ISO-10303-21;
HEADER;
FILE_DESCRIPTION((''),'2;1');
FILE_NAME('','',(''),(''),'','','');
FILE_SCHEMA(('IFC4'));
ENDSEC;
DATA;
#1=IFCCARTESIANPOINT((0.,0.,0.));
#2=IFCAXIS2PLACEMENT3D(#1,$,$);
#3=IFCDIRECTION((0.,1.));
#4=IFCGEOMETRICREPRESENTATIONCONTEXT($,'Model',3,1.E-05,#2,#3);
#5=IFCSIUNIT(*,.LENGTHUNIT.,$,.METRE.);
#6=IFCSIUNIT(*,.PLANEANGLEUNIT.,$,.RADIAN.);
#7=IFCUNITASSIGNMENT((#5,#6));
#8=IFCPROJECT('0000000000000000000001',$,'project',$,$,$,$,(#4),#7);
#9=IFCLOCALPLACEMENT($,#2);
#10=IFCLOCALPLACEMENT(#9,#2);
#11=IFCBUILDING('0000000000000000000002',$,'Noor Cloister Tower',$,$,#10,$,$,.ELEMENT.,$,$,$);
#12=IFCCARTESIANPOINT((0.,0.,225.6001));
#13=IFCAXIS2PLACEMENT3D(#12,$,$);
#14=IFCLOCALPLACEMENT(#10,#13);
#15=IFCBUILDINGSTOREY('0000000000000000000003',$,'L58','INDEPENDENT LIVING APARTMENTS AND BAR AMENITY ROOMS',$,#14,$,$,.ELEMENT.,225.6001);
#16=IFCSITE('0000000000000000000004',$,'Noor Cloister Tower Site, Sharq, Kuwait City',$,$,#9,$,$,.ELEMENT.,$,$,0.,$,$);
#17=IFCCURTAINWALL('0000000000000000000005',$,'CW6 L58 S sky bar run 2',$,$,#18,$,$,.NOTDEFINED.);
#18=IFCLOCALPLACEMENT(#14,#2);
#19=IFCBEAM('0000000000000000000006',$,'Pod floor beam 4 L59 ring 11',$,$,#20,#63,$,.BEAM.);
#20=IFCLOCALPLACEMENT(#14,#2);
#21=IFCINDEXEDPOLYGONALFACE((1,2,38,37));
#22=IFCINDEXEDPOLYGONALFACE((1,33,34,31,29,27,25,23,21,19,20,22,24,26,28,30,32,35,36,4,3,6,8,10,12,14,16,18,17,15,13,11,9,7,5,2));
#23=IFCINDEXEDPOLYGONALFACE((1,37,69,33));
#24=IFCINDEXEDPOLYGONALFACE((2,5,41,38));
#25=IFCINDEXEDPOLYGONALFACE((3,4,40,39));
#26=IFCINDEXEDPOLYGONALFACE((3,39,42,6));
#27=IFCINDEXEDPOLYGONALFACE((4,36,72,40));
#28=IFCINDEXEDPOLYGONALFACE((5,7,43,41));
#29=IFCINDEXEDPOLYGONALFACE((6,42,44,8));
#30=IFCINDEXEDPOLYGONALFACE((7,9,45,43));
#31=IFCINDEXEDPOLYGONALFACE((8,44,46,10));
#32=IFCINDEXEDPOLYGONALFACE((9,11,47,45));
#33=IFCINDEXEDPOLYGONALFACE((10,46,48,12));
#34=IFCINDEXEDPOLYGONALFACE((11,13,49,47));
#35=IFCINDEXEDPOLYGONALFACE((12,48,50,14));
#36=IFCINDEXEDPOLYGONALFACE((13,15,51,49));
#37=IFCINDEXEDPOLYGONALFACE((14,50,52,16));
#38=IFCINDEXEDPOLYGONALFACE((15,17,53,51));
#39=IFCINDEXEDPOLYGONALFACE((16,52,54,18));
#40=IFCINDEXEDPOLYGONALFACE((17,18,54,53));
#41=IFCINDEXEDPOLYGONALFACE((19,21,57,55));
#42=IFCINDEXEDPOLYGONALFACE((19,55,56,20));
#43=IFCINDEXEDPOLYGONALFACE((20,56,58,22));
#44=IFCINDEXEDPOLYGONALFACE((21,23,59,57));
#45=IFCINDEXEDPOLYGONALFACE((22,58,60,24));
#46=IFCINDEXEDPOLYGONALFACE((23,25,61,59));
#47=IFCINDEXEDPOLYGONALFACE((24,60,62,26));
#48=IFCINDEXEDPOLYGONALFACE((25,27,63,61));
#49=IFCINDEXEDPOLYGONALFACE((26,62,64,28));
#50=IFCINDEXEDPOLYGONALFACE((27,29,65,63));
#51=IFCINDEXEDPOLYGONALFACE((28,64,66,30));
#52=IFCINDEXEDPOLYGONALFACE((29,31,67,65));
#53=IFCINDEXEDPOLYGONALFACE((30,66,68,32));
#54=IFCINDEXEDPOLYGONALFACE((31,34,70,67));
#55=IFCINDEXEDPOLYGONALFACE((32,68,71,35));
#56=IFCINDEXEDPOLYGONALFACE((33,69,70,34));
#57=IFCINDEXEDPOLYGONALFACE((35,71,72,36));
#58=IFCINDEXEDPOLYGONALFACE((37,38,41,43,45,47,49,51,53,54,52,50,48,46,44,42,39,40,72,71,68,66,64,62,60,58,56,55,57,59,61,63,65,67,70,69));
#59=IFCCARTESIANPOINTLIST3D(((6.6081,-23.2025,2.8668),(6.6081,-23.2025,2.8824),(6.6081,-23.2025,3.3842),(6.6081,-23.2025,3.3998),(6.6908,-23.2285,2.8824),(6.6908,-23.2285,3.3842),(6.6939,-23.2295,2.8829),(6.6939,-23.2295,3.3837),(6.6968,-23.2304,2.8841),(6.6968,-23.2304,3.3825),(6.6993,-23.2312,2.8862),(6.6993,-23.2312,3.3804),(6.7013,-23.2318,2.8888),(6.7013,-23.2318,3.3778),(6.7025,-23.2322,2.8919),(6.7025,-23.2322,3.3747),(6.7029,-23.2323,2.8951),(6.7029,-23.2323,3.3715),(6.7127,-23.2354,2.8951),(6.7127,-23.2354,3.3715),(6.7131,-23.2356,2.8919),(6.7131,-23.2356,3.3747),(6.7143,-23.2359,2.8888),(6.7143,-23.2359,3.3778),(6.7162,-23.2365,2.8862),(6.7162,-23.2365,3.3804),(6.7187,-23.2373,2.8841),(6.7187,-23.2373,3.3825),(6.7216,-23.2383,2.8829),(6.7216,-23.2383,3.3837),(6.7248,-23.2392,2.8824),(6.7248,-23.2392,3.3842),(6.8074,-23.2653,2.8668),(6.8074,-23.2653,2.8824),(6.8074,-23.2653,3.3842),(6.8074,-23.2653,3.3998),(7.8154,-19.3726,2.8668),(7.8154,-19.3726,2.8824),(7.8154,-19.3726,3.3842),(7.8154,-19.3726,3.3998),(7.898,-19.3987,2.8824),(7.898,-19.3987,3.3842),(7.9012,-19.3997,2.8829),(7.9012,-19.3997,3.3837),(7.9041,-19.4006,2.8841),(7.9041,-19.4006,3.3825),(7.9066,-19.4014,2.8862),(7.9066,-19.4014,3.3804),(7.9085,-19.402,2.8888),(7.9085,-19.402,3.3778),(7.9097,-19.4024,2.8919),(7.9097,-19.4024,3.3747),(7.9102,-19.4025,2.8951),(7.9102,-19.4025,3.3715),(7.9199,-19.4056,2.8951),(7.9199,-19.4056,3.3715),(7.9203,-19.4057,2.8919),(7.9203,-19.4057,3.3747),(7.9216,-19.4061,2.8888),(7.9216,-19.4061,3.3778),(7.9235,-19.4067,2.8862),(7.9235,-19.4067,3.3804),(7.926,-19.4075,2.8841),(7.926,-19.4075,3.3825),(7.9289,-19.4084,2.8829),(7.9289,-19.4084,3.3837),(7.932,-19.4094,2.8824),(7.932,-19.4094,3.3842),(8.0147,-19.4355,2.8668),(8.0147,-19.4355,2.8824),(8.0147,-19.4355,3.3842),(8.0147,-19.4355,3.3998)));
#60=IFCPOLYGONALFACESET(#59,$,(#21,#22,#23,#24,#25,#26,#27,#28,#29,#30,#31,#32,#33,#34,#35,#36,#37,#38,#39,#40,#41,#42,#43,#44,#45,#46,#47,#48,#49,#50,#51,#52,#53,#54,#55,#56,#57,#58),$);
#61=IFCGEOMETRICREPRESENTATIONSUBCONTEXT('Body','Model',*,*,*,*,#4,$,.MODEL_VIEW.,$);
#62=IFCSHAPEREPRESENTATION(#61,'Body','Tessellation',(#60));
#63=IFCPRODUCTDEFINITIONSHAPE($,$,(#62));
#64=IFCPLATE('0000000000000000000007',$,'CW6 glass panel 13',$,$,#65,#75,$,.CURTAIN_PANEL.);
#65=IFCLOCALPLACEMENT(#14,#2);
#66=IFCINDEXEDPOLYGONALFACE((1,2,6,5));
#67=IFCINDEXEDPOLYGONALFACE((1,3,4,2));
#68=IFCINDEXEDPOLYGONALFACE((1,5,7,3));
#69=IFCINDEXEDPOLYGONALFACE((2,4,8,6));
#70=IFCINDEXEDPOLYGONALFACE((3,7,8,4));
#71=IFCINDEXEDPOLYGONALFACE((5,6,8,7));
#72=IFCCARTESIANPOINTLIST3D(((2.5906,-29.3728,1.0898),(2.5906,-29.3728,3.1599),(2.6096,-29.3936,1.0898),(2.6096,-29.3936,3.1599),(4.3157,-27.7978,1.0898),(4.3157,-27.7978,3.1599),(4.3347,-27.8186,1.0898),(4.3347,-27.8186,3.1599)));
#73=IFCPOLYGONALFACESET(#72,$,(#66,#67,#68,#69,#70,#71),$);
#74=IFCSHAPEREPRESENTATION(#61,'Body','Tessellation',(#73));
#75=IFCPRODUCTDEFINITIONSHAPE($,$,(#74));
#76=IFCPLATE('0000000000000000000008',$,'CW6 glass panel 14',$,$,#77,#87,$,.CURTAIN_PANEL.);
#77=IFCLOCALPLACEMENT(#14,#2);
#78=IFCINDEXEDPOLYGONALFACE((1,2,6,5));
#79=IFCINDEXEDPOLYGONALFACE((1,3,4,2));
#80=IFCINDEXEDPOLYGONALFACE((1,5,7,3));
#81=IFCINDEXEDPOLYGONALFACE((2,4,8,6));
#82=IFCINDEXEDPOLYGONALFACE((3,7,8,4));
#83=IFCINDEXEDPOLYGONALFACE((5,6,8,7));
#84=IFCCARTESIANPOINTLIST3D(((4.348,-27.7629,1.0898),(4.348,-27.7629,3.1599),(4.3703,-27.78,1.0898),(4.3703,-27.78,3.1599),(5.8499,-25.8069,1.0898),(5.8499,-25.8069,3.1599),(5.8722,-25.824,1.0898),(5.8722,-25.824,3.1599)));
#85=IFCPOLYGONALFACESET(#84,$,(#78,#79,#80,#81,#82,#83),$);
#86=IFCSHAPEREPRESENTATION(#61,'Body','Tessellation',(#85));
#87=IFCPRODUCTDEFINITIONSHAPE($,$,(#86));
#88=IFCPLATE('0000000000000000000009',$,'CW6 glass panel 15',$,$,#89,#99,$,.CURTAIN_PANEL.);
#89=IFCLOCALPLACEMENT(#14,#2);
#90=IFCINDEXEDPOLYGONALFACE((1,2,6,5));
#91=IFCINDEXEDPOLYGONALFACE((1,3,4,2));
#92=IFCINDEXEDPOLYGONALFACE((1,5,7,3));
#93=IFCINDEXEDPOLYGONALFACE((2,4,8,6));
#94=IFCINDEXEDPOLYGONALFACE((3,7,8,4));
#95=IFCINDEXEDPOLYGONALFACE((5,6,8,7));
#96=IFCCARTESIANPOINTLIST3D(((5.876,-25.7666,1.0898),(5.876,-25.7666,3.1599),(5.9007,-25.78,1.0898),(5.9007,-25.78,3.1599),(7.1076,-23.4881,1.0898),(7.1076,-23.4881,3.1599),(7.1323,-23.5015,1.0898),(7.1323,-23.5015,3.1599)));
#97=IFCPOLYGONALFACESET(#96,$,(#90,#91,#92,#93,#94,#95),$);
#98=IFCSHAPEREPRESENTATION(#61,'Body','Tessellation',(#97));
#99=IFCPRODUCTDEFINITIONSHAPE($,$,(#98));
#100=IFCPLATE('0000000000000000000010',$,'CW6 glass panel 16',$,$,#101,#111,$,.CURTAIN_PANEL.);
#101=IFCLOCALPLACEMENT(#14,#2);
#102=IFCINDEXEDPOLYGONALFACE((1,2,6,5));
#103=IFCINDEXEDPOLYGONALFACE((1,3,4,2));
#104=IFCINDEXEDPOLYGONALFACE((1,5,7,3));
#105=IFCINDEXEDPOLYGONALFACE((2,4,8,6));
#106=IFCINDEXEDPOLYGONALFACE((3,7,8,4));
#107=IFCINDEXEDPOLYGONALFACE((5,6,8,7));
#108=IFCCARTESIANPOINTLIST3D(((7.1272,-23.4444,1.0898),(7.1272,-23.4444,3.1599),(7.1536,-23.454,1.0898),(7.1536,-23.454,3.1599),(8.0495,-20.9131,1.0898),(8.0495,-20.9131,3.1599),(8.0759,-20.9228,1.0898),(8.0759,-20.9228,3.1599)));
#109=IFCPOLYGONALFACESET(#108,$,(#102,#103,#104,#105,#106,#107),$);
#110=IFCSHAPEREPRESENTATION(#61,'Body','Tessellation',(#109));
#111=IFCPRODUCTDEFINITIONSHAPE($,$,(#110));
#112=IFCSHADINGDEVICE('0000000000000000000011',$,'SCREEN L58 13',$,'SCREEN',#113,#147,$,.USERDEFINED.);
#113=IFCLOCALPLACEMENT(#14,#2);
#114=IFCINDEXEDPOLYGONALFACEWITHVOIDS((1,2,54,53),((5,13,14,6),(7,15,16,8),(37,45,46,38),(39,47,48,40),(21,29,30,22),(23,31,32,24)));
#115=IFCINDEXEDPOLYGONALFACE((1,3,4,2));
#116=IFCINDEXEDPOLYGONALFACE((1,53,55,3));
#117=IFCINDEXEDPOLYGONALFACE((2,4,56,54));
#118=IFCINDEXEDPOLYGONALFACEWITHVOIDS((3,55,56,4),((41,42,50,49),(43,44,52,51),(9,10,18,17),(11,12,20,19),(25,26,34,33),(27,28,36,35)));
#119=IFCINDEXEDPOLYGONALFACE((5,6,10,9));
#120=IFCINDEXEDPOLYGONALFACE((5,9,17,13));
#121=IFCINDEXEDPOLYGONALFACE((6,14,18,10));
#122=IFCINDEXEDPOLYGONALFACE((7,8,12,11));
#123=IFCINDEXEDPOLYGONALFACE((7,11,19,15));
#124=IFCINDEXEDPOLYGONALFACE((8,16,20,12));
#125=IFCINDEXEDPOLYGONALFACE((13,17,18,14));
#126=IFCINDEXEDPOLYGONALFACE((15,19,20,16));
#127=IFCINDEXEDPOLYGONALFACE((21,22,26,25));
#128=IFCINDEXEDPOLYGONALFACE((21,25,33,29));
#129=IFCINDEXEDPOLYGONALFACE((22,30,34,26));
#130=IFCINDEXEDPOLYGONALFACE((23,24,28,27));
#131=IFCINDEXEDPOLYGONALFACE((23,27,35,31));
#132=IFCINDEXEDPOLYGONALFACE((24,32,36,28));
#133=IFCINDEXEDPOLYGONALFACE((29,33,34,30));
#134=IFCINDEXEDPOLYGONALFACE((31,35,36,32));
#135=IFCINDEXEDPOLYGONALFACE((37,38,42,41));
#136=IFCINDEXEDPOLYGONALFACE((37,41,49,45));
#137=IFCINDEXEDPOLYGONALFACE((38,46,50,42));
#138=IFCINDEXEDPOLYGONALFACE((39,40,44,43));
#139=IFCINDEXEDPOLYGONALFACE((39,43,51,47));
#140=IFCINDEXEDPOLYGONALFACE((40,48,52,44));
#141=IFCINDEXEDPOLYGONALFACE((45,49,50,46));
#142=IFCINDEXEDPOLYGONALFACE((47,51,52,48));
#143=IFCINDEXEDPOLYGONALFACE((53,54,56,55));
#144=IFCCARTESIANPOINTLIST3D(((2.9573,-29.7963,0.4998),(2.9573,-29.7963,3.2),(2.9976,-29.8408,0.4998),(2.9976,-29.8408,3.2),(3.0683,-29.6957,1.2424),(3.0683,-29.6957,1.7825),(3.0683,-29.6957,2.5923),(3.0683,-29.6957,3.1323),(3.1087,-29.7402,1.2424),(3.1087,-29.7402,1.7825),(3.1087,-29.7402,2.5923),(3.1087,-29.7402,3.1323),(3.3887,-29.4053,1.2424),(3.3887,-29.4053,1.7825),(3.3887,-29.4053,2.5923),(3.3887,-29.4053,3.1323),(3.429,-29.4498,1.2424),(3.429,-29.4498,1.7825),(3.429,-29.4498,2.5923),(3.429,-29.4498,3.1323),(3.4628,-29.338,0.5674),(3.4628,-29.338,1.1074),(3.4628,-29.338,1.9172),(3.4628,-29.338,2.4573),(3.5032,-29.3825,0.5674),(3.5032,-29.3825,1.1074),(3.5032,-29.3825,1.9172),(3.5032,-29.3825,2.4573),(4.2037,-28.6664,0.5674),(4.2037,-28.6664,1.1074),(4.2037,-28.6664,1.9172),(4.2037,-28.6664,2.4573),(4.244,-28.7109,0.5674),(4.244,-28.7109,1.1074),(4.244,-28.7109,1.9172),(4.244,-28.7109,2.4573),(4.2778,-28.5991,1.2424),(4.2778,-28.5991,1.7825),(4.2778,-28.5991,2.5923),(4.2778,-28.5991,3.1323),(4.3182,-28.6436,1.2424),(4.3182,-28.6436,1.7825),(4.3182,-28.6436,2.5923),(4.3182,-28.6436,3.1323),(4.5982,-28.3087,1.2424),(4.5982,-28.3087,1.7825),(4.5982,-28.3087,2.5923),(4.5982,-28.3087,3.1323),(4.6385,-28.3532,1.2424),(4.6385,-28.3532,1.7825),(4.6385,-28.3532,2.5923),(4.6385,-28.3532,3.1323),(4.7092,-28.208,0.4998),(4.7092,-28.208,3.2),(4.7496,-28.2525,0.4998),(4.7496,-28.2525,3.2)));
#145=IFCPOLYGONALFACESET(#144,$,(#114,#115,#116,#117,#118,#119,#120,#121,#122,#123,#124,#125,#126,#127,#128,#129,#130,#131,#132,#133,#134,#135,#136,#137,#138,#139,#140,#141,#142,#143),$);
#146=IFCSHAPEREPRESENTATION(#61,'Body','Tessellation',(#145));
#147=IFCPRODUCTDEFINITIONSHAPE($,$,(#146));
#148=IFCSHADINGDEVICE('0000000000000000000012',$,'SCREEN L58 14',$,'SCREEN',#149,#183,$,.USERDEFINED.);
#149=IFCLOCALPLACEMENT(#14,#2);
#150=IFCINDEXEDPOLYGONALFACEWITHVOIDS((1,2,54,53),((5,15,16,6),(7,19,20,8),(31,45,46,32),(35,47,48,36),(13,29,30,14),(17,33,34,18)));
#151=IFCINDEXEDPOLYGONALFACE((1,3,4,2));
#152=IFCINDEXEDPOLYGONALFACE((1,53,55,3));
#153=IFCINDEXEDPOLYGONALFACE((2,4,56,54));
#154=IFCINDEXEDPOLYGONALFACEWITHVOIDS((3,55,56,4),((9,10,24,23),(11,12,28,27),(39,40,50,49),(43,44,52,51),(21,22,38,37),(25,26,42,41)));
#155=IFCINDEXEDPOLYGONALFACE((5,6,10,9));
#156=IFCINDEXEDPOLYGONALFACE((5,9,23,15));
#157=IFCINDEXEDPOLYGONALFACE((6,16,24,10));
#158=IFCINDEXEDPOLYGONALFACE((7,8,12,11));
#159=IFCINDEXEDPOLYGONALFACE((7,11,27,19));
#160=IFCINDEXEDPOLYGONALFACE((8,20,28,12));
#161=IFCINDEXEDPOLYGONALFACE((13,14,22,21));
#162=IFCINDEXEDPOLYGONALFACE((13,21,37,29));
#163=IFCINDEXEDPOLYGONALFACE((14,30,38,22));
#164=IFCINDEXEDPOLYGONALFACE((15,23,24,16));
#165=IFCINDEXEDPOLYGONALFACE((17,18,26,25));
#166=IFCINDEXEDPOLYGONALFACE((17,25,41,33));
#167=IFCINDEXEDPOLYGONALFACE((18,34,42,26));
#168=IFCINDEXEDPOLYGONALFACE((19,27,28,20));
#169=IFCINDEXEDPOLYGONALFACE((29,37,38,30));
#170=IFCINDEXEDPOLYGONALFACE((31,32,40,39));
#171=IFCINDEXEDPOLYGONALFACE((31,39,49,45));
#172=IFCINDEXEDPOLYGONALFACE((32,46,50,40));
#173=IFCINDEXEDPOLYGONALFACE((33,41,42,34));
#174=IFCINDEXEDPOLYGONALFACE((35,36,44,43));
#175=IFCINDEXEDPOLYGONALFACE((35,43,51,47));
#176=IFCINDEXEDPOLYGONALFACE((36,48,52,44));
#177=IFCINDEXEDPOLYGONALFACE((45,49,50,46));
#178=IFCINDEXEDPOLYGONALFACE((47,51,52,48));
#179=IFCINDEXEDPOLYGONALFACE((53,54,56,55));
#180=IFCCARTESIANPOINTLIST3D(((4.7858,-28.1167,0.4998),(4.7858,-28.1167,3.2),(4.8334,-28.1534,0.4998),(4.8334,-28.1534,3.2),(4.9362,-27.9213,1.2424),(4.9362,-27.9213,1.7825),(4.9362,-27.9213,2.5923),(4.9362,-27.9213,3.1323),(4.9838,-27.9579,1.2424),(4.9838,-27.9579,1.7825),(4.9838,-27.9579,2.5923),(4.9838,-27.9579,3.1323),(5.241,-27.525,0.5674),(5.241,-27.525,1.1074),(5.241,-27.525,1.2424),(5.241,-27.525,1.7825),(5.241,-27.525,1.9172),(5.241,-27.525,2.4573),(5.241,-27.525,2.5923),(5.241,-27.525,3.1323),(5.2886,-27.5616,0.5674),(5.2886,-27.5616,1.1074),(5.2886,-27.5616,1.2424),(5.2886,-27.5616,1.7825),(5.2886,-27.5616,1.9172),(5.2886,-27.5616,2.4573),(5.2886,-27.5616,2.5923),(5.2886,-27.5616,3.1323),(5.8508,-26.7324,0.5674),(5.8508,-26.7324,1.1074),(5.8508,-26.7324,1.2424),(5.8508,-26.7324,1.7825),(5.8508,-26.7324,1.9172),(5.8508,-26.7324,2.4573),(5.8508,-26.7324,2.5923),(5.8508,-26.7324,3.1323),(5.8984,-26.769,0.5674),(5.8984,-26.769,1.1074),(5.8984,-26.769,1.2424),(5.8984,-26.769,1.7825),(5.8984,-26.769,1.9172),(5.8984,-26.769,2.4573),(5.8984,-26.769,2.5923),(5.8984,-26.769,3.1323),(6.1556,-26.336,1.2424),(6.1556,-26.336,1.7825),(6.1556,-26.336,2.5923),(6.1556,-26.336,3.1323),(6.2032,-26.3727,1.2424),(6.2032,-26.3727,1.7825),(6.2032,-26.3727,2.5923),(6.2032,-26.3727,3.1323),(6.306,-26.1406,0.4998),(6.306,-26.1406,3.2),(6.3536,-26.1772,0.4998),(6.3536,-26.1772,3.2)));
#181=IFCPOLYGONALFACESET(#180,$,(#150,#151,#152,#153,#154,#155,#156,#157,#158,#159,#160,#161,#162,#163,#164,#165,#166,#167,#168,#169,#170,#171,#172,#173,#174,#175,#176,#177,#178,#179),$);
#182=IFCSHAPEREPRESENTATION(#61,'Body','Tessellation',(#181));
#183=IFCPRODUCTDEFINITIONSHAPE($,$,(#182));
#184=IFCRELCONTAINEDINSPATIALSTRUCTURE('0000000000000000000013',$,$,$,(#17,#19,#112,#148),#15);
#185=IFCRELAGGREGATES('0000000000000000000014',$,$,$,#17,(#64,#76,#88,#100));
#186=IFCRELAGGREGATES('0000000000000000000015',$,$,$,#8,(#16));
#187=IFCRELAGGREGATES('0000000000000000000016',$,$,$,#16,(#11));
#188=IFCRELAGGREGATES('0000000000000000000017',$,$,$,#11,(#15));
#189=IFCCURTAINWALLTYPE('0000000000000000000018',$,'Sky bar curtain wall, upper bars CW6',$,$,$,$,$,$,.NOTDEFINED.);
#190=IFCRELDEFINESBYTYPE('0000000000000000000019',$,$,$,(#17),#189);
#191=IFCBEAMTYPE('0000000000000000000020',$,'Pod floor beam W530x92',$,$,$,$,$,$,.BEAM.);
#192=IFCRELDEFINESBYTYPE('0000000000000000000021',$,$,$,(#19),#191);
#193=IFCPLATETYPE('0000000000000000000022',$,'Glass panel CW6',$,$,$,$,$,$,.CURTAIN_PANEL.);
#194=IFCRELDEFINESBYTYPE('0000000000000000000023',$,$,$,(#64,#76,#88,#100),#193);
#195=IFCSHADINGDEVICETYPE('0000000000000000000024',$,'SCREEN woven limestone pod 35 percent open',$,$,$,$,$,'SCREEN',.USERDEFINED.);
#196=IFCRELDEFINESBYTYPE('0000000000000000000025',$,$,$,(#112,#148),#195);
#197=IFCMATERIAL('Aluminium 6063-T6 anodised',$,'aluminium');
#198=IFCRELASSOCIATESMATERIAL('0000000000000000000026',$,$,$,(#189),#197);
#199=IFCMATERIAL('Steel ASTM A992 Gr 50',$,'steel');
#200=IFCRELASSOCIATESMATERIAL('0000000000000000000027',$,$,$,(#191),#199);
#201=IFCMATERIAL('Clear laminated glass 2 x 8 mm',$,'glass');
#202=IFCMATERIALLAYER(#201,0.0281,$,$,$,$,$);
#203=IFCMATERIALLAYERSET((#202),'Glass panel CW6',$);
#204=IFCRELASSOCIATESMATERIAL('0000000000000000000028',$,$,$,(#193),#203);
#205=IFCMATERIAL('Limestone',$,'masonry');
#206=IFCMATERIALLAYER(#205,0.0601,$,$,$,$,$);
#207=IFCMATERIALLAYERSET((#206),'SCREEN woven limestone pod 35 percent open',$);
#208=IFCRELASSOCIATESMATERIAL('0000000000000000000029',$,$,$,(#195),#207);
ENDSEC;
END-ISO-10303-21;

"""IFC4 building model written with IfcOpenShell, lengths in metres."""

from ifc_helpers import new_model, si_unit, direction, frame, origin, origin_2d, place, context, subcontext, project, spatial, polyline, rectangle, i_section, outline, extrude, material, layer, layer_set, material_profile, profile_set, type_object, element, aggregate, save


model = new_model("IFC4")

# Units and contexts
model_context = context("Model", 3, precision=1e-05, world=origin(), true_north=direction((0.0, 1.0)))
body_context = subcontext(model_context, "Body", "Model", "MODEL_VIEW")
ifc_project = project(units=[si_unit("LENGTHUNIT", "METRE"), si_unit("PLANEANGLEUNIT", "RADIAN")], contexts=[model_context])

# Site, building, storey
site_placement = place(None, origin())
site = spatial("IfcSite", under=ifc_project, at=site_placement, Name="Noor Cloister Tower Site, Sharq, Kuwait City", CompositionType="ELEMENT", RefElevation=0.0)
building_placement = place(site_placement, origin())
building = spatial("IfcBuilding", under=site, at=building_placement, Name="Noor Cloister Tower", CompositionType="ELEMENT")
storey_placement = place(building_placement, frame((0.0, 0.0, 225.6001)))
storey = spatial("IfcBuildingStorey", under=building, at=storey_placement, Name="L58", Description="INDEPENDENT LIVING APARTMENTS AND BAR AMENITY ROOMS", CompositionType="ELEMENT", Elevation=225.6001)

# Curtain wall
ifc_material_1 = material(Name="Aluminium 6063-T6 anodised", Category="aluminium")
curtain_wall_type = type_object("IfcCurtainWallType", Name="Sky bar curtain wall, upper bars CW6", PredefinedType="NOTDEFINED", material=ifc_material_1)
curtain_wall_placement = place(storey_placement, origin())
curtain_wall = element("IfcCurtainWall", 1, at=curtain_wall_placement, inside=storey, type_object=curtain_wall_type, Name="CW6 L58 S sky bar run 2", PredefinedType="NOTDEFINED")

# Beam
ifc_material_2 = material(Name="Steel ASTM A992 Gr 50", Category="steel")
ifc_material_profile_1 = material_profile(ifc_material_2, i_section(OverallWidth=0.209, OverallDepth=0.533, WebThickness=0.0103, FlangeThickness=0.0156, FilletRadius=0.0127, at=origin_2d()), Name="W530x92")
ifc_profile_set_1 = profile_set([ifc_material_profile_1], Name="Steel ASTM A992 Gr 50")
beam_type = type_object("IfcBeamType", Name="Pod floor beam W530x92", PredefinedType="BEAM", material=ifc_profile_set_1)
beam_1_placement = place(storey_placement, frame((6.7078, -23.2339, 3.1333), z_axis=(0.300645, 0.953736, 0.0), x_axis=(-0.953736, 0.300645, 0.0)))
element("IfcBeam", 2, at=beam_1_placement, inside=storey, type_object=beam_type, Name="Pod floor beam 4 L59 ring 11", PredefinedType="BEAM", context=body_context, shape_type="SweptSolid", body=[
    extrude(i_section(OverallWidth=0.209, OverallDepth=0.533, WebThickness=0.0103, FlangeThickness=0.0156, FilletRadius=0.0127, at=origin_2d()), origin(), (0.0, 0.0, 1.0), 4.0156),
])

# Plates
ifc_material_3 = material(Name="Clear laminated glass 2 x 8 mm", Category="glass")
ifc_layer_1 = layer(ifc_material_3, 0.0281)
ifc_layer_set_1 = layer_set([ifc_layer_1], Name="Glass panel CW6")
plate_type = type_object("IfcPlateType", Name="Glass panel CW6", PredefinedType="CURTAIN_PANEL", material=ifc_layer_set_1)
plate_1_placement = place(storey_placement, frame((3.4626, -28.5957, 1.0898), z_axis=(0.0, 0.0, 1.0), x_axis=(0.738502, 0.674252, 0.0)))
plate_1 = element("IfcPlate", 3, at=plate_1_placement, type_object=plate_type, Name="CW6 glass panel 13", PredefinedType="CURTAIN_PANEL", context=body_context, shape_type="SweptSolid", body=[
    extrude(rectangle(XDim=2.3359, YDim=0.0281, at=origin_2d()), origin(), (0.0, 0.0, 1.0), 2.0701),
])
plate_2_placement = place(storey_placement, frame((5.1101, -26.7935, 1.0898), z_axis=(0.0, 0.0, 1.0), x_axis=(0.609017, 0.793157, 0.0)))
plate_2 = element("IfcPlate", 4, at=plate_2_placement, type_object=plate_type, Name="CW6 glass panel 14", PredefinedType="CURTAIN_PANEL", context=body_context, shape_type="SweptSolid", body=[
    extrude(rectangle(XDim=2.4661, YDim=0.0281, at=origin_2d()), origin(), (0.0, 0.0, 1.0), 2.0701),
])
plate_3_placement = place(storey_placement, frame((6.5042, -24.634, 1.0898), z_axis=(0.0, 0.0, 1.0), x_axis=(0.47553, 0.879699, 0.0)))
plate_3 = element("IfcPlate", 5, at=plate_3_placement, type_object=plate_type, Name="CW6 glass panel 15", PredefinedType="CURTAIN_PANEL", context=body_context, shape_type="SweptSolid", body=[
    extrude(rectangle(XDim=2.5901, YDim=0.0281, at=origin_2d()), origin(), (0.0, 0.0, 1.0), 2.0701),
])
plate_4_placement = place(storey_placement, frame((7.6016, -22.1836, 1.0898), z_axis=(0.0, 0.0, 1.0), x_axis=(0.342351, 0.939572, 0.0)))
plate_4 = element("IfcPlate", 6, at=plate_4_placement, type_object=plate_type, Name="CW6 glass panel 16", PredefinedType="CURTAIN_PANEL", context=body_context, shape_type="SweptSolid", body=[
    extrude(rectangle(XDim=2.6941, YDim=0.0281, at=origin_2d()), origin(), (0.0, 0.0, 1.0), 2.0701),
])
aggregate(curtain_wall, [plate_1, plate_2, plate_3, plate_4])

# Shading devices
ifc_material_4 = material(Name="Limestone", Category="masonry")
ifc_layer_2 = layer(ifc_material_4, 0.0601)
ifc_layer_set_2 = layer_set([ifc_layer_2], Name="SCREEN woven limestone pod 35 percent open")
shading_device_type = type_object("IfcShadingDeviceType", Name="SCREEN woven limestone pod 35 percent open", ElementType="SCREEN", PredefinedType="USERDEFINED", material=ifc_layer_set_2)
shading_device_1_placement = place(storey_placement, frame((3.8333, -29.0022, 1.8499), z_axis=(0.671659, -0.74086, 0.0), x_axis=(0.74086, 0.671659, 0.0)))
element("IfcShadingDevice", 7, at=shading_device_1_placement, inside=storey, type_object=shading_device_type, Name="SCREEN L58 13", ObjectType="SCREEN", PredefinedType="USERDEFINED", context=body_context, shape_type="SweptSolid", body=[
    extrude(outline(polyline([(-1.1824, -1.3501), (1.1824, -1.3501), (1.1824, 1.3501), (-1.1824, 1.3501), (-1.1824, -1.3501)]), holes=[polyline([(-0.5, -1.2825), (0.5, -1.2825), (0.5, -0.7424), (-0.5, -0.7424), (-0.5, -1.2825)]), polyline([(0.6001, -0.6074), (1.0325, -0.6074), (1.0325, -0.0674), (0.6001, -0.0674), (0.6001, -0.6074)]), polyline([(-1.0325, -0.6074), (-0.6001, -0.6074), (-0.6001, -0.0674), (-1.0325, -0.0674), (-1.0325, -0.6074)]), polyline([(-0.5, 0.0674), (0.5, 0.0674), (0.5, 0.6074), (-0.5, 0.6074), (-0.5, 0.0674)]), polyline([(0.6001, 0.7424), (1.0325, 0.7424), (1.0325, 1.2825), (0.6001, 1.2825), (0.6001, 0.7424)]), polyline([(-1.0325, 0.7424), (-0.6001, 0.7424), (-0.6001, 1.2825), (-1.0325, 1.2825), (-1.0325, 0.7424)])]), origin(), (0.0, 0.0, 1.0), 0.0601),
])
shading_device_2_placement = place(storey_placement, frame((5.5459, -27.1287, 1.8499), z_axis=(0.792624, -0.609711, 0.0), x_axis=(0.609711, 0.792624, 0.0)))
element("IfcShadingDevice", 8, at=shading_device_2_placement, inside=storey, type_object=shading_device_type, Name="SCREEN L58 14", ObjectType="SCREEN", PredefinedType="USERDEFINED", context=body_context, shape_type="SweptSolid", body=[
    extrude(outline(polyline([(-1.2466, -1.3501), (1.2466, -1.3501), (1.2466, 1.3501), (-1.2466, 1.3501), (-1.2466, -1.3501)]), holes=[polyline([(-0.5, -1.2825), (0.5, -1.2825), (0.5, -0.7424), (-0.5, -0.7424), (-0.5, -1.2825)]), polyline([(-1.0, -0.6074), (-0.5, -0.6074), (-0.5, -0.0674), (-1.0, -0.0674), (-1.0, -0.6074)]), polyline([(0.5, -0.6074), (1.0, -0.6074), (1.0, -0.0674), (0.5, -0.0674), (0.5, -0.6074)]), polyline([(-0.5, 0.0674), (0.5, 0.0674), (0.5, 0.6074), (-0.5, 0.6074), (-0.5, 0.0674)]), polyline([(-1.0, 0.7424), (-0.5, 0.7424), (-0.5, 1.2825), (-1.0, 1.2825), (-1.0, 0.7424)]), polyline([(0.5, 0.7424), (1.0, 0.7424), (1.0, 1.2825), (0.5, 1.2825), (0.5, 0.7424)])]), origin(), (0.0, 0.0, 1.0), 0.0601),
])

save(model, "model.ifc")
